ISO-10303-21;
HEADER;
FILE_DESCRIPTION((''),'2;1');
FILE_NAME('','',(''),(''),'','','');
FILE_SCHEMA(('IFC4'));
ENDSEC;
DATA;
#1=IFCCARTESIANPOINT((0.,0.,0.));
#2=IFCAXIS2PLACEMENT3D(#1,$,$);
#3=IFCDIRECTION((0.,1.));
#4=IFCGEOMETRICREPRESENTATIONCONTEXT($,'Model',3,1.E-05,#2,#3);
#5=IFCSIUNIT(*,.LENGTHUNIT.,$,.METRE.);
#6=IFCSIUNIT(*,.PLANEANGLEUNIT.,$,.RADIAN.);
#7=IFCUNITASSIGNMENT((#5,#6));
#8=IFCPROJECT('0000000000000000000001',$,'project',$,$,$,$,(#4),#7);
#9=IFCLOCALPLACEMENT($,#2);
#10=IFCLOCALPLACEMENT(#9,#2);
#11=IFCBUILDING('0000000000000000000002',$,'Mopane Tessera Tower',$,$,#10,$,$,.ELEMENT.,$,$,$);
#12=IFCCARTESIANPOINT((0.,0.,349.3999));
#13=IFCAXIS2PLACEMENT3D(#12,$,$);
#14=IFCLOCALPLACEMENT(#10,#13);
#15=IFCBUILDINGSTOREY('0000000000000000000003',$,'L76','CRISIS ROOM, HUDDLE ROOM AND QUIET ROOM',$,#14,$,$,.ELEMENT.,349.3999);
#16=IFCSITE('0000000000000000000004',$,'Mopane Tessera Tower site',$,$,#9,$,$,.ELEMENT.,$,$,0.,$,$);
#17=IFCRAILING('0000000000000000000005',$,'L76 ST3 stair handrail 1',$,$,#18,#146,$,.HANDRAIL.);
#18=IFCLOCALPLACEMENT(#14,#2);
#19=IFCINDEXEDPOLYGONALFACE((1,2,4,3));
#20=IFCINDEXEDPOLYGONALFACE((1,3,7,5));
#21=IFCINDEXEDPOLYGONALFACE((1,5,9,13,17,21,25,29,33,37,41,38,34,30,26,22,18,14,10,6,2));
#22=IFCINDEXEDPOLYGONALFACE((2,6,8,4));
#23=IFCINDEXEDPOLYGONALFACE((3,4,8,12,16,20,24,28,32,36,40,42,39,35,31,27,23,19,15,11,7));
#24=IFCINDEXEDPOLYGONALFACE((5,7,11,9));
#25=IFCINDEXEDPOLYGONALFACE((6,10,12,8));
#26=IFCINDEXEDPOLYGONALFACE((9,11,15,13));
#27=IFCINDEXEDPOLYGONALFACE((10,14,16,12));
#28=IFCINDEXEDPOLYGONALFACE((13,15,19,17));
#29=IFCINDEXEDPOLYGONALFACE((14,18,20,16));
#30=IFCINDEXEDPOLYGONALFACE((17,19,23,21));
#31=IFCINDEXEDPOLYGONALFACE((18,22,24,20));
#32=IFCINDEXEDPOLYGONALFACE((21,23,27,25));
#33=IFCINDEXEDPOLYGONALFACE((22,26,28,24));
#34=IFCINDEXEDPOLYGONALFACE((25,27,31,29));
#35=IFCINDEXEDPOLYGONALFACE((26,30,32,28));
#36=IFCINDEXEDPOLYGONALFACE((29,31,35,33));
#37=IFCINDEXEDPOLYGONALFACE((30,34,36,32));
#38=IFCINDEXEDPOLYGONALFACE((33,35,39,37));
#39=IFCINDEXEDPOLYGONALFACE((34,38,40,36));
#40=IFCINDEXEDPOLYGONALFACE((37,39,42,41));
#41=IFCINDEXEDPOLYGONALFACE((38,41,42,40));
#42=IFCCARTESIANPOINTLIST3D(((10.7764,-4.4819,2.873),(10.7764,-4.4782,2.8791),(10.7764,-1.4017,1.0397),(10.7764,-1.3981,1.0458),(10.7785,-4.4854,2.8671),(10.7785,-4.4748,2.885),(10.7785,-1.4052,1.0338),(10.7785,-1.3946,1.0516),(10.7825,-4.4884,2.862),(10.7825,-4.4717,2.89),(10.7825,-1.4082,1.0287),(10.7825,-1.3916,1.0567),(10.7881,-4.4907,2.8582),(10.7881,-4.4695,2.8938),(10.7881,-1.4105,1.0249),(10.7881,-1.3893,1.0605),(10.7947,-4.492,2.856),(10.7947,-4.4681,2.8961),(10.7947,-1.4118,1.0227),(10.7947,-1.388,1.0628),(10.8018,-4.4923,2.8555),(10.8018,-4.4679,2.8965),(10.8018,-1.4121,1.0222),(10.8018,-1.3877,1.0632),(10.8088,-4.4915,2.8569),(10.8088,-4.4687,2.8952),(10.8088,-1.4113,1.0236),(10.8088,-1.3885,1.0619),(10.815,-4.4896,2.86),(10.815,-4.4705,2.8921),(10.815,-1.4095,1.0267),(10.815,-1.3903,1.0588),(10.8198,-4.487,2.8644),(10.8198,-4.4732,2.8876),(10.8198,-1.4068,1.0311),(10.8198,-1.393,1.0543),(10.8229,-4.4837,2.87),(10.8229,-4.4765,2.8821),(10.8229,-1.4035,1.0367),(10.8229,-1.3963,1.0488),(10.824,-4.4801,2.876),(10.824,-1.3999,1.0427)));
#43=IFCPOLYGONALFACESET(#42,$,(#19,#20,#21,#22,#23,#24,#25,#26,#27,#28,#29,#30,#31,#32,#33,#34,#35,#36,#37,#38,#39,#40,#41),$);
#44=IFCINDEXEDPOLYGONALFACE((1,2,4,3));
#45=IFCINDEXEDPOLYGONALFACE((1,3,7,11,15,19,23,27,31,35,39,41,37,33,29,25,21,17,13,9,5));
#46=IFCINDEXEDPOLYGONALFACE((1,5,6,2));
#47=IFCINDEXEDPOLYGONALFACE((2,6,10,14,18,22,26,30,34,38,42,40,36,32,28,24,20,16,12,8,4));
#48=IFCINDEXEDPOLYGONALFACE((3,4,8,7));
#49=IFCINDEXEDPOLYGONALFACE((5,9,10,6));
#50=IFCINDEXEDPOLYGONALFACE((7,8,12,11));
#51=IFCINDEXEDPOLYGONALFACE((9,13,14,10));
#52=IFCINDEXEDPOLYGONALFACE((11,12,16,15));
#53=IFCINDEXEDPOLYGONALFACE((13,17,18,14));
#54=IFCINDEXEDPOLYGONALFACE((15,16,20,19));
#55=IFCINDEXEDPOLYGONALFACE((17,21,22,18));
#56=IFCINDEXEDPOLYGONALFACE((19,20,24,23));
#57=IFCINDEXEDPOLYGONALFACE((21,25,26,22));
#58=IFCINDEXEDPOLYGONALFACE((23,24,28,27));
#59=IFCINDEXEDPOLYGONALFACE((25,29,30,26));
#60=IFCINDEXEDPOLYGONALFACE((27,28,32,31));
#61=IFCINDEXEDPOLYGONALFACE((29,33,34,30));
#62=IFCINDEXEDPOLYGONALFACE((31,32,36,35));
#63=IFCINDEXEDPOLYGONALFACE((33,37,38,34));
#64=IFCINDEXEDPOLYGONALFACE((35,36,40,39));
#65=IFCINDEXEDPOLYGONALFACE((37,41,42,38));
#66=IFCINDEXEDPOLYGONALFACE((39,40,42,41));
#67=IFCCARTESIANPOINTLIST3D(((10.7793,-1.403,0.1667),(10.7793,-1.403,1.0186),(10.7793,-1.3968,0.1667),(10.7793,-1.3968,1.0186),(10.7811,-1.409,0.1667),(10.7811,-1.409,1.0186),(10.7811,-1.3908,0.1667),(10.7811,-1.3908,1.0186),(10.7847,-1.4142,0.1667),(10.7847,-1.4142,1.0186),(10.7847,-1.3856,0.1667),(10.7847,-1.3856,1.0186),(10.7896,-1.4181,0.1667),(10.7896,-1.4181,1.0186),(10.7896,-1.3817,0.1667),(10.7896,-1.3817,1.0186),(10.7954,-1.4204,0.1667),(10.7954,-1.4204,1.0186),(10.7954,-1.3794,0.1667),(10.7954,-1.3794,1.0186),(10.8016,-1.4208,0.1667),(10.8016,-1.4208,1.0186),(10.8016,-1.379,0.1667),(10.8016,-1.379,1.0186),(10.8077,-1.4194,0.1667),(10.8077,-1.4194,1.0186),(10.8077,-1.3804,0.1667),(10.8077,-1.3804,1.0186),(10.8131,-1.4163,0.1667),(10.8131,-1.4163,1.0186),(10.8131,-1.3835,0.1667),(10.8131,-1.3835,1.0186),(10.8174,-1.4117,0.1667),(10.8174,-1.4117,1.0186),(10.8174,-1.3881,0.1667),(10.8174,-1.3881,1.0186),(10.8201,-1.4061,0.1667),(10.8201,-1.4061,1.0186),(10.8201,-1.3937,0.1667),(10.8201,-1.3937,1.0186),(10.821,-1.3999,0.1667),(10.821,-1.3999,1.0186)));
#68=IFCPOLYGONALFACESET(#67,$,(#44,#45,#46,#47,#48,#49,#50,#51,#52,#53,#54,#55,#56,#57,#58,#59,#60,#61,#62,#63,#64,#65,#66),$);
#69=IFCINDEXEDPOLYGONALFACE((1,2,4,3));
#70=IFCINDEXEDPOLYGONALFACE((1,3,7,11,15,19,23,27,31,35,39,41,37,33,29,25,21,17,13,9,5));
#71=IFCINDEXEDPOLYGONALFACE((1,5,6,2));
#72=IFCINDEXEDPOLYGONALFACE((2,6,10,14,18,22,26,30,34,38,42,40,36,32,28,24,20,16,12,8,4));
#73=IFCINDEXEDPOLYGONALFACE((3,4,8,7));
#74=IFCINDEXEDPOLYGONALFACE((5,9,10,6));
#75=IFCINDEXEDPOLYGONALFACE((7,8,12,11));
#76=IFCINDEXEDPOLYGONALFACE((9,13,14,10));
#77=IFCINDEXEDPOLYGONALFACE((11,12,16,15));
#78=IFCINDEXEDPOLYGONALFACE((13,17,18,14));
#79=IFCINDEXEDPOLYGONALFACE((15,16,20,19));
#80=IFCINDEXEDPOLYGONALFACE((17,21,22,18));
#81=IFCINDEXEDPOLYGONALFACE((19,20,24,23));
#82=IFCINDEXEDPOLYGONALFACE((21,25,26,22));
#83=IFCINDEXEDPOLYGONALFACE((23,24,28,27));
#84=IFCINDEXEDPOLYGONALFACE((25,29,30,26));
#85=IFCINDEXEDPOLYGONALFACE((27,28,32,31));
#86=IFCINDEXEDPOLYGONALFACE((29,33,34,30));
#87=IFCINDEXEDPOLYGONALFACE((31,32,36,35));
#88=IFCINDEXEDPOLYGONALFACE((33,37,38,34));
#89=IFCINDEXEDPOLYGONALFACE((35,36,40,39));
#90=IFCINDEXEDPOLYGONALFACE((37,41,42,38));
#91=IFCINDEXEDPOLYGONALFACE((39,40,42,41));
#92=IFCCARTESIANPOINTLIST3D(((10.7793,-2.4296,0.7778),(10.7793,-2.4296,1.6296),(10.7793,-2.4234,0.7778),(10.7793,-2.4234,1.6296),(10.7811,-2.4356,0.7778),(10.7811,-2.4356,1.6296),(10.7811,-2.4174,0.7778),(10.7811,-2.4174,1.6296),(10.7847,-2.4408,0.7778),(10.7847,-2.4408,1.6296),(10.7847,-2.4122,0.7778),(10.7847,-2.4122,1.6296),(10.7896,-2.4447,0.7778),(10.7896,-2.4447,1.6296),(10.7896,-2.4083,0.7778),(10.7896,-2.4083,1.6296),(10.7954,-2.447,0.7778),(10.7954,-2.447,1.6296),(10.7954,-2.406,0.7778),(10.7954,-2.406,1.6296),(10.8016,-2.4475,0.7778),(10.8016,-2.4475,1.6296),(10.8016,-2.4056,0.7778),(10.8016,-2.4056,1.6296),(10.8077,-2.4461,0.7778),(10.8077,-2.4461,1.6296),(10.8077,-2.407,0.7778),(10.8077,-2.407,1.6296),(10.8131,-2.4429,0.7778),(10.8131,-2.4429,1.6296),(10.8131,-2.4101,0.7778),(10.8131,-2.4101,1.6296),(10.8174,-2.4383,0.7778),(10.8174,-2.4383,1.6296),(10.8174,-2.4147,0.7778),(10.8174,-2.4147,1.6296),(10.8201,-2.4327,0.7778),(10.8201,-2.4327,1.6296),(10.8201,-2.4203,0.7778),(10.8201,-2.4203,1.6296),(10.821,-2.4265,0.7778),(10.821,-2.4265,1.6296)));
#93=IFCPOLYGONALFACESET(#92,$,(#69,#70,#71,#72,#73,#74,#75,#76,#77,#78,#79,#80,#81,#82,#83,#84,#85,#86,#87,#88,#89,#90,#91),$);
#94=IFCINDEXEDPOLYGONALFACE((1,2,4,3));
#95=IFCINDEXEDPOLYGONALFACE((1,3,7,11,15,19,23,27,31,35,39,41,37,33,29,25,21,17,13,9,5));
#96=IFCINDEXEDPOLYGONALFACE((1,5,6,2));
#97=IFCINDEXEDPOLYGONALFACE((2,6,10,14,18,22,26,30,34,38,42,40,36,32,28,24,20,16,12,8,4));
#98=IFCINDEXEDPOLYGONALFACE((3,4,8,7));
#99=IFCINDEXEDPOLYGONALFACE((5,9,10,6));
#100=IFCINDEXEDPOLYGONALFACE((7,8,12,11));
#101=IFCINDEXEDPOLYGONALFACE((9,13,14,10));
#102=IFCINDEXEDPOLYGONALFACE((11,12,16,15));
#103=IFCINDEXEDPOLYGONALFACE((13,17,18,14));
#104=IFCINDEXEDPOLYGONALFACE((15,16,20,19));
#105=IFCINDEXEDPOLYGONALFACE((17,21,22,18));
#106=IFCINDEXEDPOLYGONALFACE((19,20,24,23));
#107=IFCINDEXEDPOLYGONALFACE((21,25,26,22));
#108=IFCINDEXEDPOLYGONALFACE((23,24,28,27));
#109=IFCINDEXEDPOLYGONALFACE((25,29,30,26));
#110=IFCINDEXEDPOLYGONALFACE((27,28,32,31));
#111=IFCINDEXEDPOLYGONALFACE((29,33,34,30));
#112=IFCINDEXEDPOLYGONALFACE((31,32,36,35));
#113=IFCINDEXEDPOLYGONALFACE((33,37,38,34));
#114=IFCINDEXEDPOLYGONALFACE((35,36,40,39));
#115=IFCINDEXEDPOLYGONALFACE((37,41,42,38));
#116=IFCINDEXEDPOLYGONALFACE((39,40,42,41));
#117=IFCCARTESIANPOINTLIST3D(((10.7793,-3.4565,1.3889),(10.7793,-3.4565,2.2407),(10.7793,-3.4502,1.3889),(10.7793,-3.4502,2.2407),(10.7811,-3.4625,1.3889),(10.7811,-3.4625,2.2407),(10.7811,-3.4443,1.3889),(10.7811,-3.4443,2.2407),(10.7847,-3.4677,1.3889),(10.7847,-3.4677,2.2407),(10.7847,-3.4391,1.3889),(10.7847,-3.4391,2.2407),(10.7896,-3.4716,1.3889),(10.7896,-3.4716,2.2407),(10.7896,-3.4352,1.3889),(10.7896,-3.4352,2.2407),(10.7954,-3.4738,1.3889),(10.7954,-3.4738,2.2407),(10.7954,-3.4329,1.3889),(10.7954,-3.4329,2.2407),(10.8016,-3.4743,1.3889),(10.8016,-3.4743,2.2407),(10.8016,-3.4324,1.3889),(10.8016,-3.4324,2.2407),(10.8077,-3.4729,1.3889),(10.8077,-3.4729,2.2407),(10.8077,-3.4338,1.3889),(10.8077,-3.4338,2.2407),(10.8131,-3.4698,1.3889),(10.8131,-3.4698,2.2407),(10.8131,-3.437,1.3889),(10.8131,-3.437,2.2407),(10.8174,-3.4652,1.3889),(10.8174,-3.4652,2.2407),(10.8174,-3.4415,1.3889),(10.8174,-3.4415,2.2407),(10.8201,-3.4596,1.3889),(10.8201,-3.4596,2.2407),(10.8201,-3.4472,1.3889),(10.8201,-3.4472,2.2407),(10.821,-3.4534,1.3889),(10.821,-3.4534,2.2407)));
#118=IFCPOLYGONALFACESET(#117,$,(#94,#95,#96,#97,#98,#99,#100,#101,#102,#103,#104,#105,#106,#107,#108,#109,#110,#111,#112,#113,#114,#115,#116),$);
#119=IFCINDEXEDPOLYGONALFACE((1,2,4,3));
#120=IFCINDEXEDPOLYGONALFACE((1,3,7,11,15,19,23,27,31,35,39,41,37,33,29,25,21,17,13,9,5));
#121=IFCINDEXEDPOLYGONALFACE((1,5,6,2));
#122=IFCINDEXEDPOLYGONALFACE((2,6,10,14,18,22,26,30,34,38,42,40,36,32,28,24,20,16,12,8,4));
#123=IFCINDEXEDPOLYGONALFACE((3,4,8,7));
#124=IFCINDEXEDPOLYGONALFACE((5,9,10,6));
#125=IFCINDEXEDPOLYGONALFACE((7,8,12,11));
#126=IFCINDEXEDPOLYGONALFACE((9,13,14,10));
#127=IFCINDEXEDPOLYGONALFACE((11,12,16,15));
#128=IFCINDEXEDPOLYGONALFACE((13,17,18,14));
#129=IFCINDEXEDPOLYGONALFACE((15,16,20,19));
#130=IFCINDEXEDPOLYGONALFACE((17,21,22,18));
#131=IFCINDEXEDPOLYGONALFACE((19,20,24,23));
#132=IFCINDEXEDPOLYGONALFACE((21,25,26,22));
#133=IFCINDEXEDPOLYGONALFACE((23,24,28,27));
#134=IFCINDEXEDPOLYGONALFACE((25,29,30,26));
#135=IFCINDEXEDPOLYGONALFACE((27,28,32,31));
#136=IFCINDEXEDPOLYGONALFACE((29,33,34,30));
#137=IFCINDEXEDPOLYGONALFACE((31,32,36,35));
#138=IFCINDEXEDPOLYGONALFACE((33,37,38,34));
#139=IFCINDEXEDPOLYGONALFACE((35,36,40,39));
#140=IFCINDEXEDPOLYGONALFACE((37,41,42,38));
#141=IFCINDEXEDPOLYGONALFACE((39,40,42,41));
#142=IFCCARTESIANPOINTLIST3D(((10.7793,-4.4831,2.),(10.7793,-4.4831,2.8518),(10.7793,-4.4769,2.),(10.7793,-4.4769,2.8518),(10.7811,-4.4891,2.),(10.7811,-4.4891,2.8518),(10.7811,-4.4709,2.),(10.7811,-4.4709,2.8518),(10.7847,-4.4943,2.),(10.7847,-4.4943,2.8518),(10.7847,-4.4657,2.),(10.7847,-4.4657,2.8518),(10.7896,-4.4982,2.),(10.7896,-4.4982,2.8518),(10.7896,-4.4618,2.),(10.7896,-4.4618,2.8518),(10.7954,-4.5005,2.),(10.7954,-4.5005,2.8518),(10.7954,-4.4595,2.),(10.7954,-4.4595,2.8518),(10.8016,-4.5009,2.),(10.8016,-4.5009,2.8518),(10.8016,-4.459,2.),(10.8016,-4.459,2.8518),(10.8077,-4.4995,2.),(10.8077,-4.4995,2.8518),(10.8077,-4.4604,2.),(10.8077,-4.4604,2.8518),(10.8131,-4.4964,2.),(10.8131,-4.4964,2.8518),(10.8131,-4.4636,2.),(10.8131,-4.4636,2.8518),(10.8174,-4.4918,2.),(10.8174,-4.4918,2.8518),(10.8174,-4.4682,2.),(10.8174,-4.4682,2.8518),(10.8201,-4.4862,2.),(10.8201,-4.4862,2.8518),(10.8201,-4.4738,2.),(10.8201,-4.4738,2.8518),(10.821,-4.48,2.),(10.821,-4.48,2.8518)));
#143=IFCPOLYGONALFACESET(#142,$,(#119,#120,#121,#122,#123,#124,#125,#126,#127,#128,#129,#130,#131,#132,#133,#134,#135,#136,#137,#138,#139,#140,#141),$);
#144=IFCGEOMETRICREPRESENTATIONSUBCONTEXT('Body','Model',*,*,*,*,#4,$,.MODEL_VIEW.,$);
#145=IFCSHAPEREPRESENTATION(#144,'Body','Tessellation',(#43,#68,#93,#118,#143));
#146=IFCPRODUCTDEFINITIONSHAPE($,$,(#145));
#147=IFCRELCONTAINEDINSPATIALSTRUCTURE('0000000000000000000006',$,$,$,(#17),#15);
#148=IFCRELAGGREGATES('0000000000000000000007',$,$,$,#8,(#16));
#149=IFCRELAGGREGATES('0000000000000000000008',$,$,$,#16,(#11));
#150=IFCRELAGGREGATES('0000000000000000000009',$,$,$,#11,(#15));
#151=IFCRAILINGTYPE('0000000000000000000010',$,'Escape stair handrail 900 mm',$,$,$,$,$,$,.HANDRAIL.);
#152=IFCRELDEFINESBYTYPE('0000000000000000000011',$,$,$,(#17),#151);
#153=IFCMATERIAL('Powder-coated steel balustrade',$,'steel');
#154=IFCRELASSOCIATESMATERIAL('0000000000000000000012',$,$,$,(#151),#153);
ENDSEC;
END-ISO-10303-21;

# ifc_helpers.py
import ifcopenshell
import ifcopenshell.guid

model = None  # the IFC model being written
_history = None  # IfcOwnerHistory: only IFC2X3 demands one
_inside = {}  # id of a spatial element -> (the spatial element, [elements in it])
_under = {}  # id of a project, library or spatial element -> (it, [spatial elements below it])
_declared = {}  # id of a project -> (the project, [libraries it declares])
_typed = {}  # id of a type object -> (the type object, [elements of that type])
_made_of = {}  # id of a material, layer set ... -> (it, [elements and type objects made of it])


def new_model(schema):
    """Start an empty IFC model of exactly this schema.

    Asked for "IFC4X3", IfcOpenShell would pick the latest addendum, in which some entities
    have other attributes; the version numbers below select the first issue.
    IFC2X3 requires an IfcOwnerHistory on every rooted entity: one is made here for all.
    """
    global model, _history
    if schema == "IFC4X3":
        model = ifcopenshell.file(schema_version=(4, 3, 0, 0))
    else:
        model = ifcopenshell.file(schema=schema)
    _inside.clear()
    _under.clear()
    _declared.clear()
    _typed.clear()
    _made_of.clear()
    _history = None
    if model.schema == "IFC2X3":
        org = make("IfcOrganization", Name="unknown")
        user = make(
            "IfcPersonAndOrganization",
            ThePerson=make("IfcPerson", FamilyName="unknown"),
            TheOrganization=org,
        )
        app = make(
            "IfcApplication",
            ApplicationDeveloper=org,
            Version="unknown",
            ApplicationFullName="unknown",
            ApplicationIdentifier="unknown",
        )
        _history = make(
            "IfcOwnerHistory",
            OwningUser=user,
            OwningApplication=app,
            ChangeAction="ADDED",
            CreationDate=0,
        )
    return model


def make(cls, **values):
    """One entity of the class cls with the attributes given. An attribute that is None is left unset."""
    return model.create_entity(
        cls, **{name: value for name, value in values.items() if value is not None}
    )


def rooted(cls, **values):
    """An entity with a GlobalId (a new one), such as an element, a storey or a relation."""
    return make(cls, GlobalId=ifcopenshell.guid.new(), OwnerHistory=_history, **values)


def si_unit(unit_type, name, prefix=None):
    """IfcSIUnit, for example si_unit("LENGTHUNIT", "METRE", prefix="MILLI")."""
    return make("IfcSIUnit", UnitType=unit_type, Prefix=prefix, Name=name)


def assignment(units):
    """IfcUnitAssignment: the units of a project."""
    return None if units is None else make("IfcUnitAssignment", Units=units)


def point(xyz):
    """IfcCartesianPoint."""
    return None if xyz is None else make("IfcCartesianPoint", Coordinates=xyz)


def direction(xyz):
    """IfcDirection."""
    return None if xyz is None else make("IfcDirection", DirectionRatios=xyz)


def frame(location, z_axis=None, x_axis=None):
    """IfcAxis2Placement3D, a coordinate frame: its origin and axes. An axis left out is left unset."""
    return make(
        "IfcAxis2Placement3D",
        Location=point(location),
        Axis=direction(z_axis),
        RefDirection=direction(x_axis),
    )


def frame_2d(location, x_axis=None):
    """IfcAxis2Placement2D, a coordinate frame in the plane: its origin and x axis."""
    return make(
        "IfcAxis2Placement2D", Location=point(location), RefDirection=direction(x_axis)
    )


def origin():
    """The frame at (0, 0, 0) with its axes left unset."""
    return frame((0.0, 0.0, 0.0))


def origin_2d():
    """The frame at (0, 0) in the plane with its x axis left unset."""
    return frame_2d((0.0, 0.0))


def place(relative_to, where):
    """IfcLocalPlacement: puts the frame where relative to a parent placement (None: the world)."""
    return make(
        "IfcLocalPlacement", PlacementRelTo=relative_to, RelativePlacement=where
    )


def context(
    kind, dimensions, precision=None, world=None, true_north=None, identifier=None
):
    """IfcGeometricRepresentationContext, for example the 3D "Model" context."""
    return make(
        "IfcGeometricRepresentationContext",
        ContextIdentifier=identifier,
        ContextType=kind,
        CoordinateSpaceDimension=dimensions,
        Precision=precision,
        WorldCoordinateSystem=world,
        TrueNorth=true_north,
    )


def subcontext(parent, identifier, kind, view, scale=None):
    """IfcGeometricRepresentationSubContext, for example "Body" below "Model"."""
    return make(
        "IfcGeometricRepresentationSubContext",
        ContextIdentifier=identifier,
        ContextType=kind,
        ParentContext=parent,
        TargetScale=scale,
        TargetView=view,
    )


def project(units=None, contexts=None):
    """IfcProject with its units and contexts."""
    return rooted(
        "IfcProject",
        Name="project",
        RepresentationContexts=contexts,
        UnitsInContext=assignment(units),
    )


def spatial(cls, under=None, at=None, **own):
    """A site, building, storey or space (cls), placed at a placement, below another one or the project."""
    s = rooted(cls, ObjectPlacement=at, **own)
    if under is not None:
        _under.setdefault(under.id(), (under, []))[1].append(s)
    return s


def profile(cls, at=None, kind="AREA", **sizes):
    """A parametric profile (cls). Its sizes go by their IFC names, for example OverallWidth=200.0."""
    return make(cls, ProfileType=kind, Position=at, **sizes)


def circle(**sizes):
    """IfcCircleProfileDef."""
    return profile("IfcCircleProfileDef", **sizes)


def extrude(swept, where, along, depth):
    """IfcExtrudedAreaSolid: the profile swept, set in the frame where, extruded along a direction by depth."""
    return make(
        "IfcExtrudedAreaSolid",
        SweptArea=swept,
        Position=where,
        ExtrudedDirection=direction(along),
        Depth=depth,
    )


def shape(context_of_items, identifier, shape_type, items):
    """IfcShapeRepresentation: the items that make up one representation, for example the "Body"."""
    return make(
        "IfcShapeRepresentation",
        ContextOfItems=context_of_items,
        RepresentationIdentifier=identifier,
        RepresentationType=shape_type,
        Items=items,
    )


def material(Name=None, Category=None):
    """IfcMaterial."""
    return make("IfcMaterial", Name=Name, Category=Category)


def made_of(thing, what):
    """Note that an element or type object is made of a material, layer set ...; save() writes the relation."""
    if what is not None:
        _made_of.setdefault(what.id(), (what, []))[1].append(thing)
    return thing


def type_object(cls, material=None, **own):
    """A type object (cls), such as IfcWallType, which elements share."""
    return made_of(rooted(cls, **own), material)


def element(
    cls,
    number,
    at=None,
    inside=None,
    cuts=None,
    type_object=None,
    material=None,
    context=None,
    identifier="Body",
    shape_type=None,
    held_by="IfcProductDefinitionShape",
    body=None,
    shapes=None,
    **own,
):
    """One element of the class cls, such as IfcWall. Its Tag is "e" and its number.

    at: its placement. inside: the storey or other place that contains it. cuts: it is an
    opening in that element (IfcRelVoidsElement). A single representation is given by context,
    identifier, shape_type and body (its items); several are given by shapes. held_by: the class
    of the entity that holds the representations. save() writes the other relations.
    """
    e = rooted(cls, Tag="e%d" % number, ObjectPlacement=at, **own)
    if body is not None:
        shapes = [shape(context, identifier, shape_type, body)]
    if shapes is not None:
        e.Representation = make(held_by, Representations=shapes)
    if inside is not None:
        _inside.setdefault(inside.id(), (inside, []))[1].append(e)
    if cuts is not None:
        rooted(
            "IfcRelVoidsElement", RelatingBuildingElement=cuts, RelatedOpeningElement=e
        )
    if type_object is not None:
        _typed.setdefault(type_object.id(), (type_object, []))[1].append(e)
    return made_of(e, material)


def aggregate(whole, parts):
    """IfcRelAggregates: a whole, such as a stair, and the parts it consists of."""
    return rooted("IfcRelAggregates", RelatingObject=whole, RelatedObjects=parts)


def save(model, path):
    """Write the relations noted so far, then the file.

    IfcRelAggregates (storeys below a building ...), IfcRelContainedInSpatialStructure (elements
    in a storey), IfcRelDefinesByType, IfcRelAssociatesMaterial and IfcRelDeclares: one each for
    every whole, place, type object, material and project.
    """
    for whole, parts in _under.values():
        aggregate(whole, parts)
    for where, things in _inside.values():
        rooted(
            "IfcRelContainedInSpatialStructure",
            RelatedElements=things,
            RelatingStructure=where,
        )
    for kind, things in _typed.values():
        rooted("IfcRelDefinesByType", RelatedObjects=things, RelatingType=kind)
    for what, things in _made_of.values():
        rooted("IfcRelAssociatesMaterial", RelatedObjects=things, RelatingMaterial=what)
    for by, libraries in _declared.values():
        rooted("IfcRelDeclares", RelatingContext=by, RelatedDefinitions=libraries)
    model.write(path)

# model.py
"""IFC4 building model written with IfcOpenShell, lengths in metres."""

from ifc_helpers import new_model, si_unit, direction, frame, origin, origin_2d, place, context, subcontext, project, spatial, circle, extrude, material, type_object, element, save


model = new_model("IFC4")

# Units and contexts
model_context = context("Model", 3, precision=1e-05, world=origin(), true_north=direction((0.0, 1.0)))
body_context = subcontext(model_context, "Body", "Model", "MODEL_VIEW")
ifc_project = project(units=[si_unit("LENGTHUNIT", "METRE"), si_unit("PLANEANGLEUNIT", "RADIAN")], contexts=[model_context])

# Site, building, storey
site_placement = place(None, origin())
site = spatial("IfcSite", under=ifc_project, at=site_placement, Name="Mopane Tessera Tower site", CompositionType="ELEMENT", RefElevation=0.0)
building_placement = place(site_placement, origin())
building = spatial("IfcBuilding", under=site, at=building_placement, Name="Mopane Tessera Tower", CompositionType="ELEMENT")
storey_placement = place(building_placement, frame((0.0, 0.0, 349.3999)))
storey = spatial("IfcBuildingStorey", under=building, at=storey_placement, Name="L76", Description="CRISIS ROOM, HUDDLE ROOM AND QUIET ROOM", CompositionType="ELEMENT", Elevation=349.3999)

# Railing
ifc_material_1 = material(Name="Powder-coated steel balustrade", Category="steel")
railing_type = type_object("IfcRailingType", Name="Escape stair handrail 900 mm", PredefinedType="HANDRAIL", material=ifc_material_1)
railing_placement = place(storey_placement, frame((10.8, -1.3999, 0.1667)))
element("IfcRailing", 1, at=railing_placement, inside=storey, type_object=railing_type, Name="L76 ST3 stair handrail 1", PredefinedType="HANDRAIL", context=body_context, shape_type="SweptSolid", body=[
    extrude(circle(Radius=0.0239, at=origin_2d()), frame((0.0, 0.0, 0.876), z_axis=(0.0, -0.859309, 0.511458), x_axis=(1.0, 0.0, 0.0)), (0.0, 0.0, 1.0), 3.5845),
    extrude(circle(Radius=0.021, at=origin_2d()), origin(), (0.0, 0.0, 1.0), 0.8518),
    extrude(circle(Radius=0.021, at=origin_2d()), frame((0.0, -1.0266, 0.6111)), (0.0, 0.0, 1.0), 0.8518),
    extrude(circle(Radius=0.021, at=origin_2d()), frame((0.0, -2.0535, 1.2222)), (0.0, 0.0, 1.0), 0.8518),
    extrude(circle(Radius=0.021, at=origin_2d()), frame((0.0, -3.0801, 1.8333)), (0.0, 0.0, 1.0), 0.8518),
])

save(model, "model.ifc")
